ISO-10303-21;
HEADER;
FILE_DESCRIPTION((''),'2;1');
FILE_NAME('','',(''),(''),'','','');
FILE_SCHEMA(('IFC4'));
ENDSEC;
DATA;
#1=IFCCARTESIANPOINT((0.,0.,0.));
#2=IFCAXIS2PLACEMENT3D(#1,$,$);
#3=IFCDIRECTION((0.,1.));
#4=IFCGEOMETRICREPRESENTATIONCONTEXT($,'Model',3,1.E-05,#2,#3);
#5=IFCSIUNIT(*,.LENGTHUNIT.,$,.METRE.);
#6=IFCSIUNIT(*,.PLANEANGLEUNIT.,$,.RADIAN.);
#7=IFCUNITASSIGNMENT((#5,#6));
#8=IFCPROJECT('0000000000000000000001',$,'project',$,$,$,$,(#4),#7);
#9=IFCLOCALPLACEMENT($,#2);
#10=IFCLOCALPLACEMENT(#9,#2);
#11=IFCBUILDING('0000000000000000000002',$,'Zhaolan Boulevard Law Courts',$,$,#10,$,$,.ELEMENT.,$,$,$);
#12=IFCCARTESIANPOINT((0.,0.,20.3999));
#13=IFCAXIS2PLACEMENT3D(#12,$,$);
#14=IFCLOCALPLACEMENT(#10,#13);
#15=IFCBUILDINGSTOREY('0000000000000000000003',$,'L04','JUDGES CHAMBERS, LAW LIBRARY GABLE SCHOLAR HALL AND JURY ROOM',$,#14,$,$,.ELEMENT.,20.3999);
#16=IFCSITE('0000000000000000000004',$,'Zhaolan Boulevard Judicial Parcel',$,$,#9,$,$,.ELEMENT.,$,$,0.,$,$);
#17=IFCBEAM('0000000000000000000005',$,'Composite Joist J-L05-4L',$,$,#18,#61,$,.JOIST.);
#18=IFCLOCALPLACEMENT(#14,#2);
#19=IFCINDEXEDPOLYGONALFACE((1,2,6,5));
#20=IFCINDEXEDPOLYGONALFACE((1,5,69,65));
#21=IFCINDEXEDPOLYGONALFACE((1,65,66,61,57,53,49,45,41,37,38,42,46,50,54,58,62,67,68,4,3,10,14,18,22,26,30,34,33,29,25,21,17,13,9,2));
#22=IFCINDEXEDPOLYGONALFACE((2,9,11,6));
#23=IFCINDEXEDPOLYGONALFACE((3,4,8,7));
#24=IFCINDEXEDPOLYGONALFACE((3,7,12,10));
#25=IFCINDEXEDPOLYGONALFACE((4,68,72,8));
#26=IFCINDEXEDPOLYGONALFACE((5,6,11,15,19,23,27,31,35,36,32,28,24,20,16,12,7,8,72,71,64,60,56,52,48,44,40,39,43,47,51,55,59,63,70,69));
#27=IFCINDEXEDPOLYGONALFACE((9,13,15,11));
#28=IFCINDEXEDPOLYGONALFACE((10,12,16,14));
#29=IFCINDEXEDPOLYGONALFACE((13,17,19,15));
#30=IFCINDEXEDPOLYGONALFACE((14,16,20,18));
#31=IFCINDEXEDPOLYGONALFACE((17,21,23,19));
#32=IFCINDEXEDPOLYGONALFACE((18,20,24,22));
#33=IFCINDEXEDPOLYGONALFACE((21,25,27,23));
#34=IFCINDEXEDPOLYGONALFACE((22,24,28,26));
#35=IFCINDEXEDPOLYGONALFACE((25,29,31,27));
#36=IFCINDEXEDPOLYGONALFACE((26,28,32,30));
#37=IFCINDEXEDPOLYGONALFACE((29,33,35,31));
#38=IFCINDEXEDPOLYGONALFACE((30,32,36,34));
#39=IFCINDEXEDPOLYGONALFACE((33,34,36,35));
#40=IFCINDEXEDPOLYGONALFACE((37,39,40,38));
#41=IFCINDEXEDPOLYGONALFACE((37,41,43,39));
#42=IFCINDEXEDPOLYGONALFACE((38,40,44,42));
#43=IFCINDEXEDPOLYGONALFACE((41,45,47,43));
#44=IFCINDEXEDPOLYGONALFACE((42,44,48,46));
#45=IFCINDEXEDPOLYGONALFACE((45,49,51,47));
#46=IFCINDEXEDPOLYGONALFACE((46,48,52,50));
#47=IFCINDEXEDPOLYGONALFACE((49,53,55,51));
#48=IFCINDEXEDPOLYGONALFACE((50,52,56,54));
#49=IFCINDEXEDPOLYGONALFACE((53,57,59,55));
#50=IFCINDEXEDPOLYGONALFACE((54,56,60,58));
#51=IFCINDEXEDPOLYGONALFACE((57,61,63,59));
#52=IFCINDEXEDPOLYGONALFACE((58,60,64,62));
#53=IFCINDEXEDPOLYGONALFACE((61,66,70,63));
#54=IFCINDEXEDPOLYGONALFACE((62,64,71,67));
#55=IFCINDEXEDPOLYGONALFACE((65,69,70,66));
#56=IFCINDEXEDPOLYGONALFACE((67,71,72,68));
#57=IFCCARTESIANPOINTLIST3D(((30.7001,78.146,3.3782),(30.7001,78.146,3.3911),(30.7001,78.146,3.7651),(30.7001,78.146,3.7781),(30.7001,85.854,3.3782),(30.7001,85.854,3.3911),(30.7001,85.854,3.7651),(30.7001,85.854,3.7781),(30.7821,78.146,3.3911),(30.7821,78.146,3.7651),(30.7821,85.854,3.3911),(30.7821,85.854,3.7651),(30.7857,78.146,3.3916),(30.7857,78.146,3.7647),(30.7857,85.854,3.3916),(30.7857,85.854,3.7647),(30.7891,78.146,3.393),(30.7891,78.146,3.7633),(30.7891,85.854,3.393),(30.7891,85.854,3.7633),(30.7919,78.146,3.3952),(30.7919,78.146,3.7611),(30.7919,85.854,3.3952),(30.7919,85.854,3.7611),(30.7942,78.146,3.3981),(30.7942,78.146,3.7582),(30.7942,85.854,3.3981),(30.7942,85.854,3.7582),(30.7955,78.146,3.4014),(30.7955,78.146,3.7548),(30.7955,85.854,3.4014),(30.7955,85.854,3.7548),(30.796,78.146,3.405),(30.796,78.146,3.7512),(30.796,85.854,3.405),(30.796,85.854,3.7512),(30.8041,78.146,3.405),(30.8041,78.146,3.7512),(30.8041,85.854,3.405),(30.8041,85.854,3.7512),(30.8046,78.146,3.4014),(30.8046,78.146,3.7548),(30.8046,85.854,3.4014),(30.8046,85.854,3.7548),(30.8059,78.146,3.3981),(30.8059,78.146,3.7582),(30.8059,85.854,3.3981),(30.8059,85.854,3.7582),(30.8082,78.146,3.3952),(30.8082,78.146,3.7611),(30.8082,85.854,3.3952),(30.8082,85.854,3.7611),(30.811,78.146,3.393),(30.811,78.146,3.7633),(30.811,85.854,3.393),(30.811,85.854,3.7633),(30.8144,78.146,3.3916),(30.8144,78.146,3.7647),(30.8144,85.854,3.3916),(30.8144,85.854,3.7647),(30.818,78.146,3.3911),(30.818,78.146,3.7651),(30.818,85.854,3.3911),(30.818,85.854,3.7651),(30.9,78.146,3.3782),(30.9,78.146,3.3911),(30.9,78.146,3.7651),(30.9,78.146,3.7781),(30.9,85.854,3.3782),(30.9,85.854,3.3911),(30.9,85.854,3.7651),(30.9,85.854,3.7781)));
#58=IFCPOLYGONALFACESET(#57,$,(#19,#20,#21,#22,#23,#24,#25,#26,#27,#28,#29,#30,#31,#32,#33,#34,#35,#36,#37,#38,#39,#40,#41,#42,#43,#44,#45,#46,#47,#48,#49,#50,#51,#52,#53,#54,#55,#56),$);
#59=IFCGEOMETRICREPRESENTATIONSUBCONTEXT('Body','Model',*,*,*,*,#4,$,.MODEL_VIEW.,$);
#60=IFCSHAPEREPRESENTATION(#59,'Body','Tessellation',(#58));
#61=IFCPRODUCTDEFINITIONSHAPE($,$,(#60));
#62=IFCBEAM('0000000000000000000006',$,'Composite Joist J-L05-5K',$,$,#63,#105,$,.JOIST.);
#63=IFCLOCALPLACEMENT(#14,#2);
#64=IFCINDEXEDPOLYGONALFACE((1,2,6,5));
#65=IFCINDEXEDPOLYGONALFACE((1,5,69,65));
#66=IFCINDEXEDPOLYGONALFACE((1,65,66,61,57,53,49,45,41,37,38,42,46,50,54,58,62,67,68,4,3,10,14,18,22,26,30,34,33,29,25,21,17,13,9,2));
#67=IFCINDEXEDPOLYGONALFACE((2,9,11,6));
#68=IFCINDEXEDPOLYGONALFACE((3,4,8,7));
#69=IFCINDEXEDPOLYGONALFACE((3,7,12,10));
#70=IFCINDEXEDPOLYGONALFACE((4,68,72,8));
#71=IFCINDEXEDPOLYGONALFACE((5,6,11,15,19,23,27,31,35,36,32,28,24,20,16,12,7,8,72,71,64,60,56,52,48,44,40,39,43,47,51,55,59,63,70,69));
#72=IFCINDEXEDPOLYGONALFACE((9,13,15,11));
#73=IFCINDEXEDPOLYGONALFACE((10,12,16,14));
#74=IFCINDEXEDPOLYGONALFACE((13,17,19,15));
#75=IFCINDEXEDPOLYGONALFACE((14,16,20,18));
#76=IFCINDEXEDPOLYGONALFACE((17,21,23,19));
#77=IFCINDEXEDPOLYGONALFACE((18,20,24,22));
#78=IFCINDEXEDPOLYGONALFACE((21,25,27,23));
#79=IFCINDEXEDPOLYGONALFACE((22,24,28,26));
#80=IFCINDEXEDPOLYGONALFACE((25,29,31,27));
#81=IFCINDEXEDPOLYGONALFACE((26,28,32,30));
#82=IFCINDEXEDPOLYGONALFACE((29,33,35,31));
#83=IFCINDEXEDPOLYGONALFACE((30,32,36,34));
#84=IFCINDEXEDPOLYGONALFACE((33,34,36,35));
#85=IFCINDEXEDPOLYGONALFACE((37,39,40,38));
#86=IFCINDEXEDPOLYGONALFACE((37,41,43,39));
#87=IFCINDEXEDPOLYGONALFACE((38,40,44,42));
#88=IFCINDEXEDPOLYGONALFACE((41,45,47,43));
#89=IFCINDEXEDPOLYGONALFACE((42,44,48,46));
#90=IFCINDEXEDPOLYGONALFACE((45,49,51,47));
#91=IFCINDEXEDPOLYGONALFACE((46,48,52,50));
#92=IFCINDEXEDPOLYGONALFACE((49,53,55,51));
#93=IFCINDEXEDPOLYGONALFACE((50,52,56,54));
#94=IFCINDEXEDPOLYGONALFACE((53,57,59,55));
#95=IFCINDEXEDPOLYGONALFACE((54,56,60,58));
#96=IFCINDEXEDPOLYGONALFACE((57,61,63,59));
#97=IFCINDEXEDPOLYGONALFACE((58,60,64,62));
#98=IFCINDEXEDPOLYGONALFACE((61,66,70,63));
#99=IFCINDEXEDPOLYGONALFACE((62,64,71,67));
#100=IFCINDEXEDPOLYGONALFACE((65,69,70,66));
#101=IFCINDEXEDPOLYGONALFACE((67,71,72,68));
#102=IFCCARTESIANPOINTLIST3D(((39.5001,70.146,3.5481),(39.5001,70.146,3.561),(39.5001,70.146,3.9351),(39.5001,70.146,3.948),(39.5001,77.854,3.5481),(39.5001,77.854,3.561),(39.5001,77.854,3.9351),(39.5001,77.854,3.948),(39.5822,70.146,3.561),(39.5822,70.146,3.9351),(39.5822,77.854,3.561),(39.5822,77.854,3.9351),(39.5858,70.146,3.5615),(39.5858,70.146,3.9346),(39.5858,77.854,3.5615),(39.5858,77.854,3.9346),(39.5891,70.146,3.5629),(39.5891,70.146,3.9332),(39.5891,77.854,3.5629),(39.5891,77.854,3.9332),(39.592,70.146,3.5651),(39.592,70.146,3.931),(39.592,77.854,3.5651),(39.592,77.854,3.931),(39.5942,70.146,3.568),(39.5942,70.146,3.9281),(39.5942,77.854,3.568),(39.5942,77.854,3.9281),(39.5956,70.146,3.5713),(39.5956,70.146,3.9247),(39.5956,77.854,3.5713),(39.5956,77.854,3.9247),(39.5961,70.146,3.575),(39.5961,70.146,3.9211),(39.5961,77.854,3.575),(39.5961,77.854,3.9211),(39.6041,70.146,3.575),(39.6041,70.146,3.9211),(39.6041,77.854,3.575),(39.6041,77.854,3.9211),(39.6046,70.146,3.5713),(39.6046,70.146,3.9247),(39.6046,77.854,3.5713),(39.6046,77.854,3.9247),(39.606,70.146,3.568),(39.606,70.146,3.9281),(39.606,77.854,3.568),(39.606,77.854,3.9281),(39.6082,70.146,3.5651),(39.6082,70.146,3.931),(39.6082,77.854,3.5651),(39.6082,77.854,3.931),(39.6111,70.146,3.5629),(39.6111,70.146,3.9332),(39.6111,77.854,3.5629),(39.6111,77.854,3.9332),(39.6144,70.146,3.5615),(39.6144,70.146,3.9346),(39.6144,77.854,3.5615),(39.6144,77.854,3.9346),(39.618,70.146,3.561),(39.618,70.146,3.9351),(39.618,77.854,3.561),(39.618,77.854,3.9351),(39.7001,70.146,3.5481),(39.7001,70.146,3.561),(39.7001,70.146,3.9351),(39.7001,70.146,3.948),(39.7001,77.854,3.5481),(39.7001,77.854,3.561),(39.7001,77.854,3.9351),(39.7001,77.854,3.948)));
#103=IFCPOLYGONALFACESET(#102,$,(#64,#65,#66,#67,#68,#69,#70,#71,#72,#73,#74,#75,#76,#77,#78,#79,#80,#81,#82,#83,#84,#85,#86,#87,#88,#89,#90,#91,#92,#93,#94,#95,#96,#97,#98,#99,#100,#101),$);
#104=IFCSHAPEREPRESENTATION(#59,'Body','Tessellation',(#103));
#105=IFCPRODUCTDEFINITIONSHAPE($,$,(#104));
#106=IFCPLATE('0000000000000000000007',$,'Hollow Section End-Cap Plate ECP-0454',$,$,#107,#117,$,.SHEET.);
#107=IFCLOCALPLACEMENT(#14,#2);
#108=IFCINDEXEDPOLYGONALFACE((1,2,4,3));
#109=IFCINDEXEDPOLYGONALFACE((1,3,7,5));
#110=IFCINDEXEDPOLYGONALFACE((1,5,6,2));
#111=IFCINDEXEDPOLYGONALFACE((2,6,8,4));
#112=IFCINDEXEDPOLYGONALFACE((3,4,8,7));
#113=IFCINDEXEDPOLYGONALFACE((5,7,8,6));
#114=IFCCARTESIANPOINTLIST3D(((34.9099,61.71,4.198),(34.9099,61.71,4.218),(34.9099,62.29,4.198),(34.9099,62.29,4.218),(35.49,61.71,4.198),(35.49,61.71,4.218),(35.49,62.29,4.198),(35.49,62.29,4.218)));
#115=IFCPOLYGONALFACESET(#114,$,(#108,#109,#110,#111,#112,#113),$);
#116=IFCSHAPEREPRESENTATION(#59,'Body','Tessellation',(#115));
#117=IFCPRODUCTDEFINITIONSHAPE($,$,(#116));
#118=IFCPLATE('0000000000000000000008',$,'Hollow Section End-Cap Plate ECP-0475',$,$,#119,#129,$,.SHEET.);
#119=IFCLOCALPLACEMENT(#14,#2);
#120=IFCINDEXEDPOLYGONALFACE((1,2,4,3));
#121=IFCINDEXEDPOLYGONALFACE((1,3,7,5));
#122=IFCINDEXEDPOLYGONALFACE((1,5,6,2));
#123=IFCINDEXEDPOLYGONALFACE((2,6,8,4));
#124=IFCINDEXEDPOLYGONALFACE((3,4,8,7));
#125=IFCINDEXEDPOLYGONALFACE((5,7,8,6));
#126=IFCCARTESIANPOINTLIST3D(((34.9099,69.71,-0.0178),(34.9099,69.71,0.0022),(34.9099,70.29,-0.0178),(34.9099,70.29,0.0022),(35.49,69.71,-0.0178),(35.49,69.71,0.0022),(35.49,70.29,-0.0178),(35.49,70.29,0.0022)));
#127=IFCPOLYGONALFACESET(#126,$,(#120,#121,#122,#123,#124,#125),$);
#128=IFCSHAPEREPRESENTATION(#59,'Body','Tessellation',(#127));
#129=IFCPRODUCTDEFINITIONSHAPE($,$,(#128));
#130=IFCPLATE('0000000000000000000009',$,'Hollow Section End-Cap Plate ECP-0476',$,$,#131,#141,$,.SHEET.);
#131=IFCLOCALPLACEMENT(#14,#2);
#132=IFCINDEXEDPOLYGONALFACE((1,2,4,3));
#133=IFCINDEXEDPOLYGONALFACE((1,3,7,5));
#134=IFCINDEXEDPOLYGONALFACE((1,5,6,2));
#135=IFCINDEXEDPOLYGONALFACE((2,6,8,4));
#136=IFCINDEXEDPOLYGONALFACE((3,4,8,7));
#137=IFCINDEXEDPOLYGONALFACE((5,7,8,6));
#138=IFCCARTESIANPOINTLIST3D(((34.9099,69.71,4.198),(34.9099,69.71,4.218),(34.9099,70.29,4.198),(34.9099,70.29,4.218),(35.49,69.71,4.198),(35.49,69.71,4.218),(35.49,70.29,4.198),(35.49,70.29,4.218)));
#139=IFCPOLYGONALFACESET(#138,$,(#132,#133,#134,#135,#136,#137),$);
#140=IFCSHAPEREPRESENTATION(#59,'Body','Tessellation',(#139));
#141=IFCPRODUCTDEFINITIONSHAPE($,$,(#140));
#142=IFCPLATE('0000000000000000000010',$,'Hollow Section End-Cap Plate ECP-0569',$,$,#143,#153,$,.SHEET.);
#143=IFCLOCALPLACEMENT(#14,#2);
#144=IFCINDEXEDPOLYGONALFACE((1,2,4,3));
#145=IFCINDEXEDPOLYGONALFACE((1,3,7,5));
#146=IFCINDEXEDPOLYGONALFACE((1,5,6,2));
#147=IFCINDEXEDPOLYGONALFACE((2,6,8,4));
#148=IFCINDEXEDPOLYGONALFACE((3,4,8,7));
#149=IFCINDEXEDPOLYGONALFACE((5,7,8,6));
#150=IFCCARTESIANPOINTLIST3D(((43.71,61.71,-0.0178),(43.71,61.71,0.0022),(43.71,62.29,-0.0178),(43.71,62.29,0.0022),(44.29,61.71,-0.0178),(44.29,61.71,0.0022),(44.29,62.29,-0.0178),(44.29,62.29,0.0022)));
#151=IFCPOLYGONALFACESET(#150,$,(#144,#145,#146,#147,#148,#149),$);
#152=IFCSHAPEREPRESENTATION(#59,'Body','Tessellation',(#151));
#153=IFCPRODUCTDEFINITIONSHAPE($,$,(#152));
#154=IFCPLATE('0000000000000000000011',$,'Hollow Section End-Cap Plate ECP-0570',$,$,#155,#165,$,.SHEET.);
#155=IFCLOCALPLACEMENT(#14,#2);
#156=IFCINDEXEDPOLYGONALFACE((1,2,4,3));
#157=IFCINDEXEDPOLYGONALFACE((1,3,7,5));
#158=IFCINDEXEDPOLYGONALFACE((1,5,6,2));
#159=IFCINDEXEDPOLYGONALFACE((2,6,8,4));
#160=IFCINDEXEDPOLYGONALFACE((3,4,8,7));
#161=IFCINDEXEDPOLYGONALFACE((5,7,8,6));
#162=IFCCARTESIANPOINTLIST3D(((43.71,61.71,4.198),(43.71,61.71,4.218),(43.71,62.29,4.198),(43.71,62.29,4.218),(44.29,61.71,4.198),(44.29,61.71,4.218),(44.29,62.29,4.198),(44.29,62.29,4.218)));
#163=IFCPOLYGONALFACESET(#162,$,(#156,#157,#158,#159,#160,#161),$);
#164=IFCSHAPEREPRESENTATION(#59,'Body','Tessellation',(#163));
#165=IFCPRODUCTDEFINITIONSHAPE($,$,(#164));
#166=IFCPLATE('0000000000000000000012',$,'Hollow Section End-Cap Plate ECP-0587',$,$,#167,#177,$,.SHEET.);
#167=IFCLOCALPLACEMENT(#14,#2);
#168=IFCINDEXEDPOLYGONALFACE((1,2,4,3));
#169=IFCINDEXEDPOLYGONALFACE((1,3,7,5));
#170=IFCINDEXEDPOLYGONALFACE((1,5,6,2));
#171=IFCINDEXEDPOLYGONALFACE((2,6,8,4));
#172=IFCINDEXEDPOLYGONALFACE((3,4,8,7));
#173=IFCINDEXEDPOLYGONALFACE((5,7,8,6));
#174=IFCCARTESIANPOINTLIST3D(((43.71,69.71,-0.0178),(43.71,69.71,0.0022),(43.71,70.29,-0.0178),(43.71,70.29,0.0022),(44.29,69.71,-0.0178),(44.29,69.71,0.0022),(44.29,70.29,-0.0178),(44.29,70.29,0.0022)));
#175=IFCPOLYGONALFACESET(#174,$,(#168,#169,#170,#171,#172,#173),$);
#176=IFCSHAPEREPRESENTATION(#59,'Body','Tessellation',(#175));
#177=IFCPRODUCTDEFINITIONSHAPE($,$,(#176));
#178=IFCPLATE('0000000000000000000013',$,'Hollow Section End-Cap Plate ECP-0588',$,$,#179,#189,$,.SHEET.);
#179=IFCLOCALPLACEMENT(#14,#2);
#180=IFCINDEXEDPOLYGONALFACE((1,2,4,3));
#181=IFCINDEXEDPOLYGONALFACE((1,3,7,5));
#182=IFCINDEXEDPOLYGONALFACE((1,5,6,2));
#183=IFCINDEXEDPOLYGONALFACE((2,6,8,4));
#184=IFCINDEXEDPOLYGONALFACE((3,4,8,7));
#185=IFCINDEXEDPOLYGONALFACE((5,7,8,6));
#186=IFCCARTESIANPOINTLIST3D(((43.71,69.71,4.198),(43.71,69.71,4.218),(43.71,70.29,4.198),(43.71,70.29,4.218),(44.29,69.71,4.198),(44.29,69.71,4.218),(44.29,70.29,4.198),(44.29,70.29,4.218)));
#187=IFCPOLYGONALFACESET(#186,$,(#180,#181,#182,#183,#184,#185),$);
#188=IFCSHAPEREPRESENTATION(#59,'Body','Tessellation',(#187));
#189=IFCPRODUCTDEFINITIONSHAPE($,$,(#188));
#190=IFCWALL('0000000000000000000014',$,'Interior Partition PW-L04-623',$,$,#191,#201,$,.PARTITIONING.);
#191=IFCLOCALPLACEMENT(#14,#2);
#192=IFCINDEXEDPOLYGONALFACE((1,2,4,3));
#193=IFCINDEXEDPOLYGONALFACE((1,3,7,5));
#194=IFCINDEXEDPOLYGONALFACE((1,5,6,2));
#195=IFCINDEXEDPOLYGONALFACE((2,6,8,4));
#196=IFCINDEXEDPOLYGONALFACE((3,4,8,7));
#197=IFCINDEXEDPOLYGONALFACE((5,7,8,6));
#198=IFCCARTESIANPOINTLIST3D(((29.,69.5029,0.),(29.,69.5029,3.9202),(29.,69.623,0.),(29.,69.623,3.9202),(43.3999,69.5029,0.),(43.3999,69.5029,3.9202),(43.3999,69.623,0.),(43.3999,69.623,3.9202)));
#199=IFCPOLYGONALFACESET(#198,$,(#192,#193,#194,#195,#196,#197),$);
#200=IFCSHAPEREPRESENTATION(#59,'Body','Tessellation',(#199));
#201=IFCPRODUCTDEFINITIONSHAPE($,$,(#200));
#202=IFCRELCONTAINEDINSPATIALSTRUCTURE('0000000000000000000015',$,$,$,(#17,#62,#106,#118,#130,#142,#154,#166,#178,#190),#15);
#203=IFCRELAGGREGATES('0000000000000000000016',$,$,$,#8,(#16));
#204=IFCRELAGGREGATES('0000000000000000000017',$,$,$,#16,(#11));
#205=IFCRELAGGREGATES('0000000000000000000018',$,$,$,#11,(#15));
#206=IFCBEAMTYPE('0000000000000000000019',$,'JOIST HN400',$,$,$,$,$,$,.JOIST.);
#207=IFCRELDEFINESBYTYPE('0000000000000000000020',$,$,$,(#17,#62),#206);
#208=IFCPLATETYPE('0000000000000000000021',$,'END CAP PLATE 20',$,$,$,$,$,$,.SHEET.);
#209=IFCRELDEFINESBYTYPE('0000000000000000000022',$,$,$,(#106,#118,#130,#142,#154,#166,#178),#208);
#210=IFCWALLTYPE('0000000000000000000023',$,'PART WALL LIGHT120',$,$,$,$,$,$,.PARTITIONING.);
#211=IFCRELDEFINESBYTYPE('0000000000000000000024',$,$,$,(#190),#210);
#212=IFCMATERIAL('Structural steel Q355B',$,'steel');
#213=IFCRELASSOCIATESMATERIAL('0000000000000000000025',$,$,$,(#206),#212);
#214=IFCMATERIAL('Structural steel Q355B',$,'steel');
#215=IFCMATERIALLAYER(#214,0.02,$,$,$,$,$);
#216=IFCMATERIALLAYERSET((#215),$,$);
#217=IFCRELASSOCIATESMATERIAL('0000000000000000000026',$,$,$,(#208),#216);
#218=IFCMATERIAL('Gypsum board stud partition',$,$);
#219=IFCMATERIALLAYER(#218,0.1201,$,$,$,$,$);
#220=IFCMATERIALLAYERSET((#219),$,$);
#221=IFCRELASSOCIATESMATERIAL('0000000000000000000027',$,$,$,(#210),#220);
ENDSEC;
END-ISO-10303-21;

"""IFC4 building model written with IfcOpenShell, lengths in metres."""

from ifc_helpers import new_model, si_unit, direction, frame, frame_2d, origin, origin_2d, place, context, subcontext, project, spatial, rectangle, i_section, extrude, material, layer, layer_set, material_profile, profile_set, type_object, element, save


model = new_model("IFC4")

# Units and contexts
model_context = context("Model", 3, precision=1e-05, world=origin(), true_north=direction((0.0, 1.0)))
body_context = subcontext(model_context, "Body", "Model", "MODEL_VIEW")
ifc_project = project(units=[si_unit("LENGTHUNIT", "METRE"), si_unit("PLANEANGLEUNIT", "RADIAN")], contexts=[model_context])

# Site, building, storey
site_placement = place(None, origin())
site = spatial("IfcSite", under=ifc_project, at=site_placement, Name="Zhaolan Boulevard Judicial Parcel", CompositionType="ELEMENT", RefElevation=0.0)
building_placement = place(site_placement, origin())
building = spatial("IfcBuilding", under=site, at=building_placement, Name="Zhaolan Boulevard Law Courts", CompositionType="ELEMENT")
storey_placement = place(building_placement, frame((0.0, 0.0, 20.3999)))
storey = spatial("IfcBuildingStorey", under=building, at=storey_placement, Name="L04", Description="JUDGES CHAMBERS, LAW LIBRARY GABLE SCHOLAR HALL AND JURY ROOM", CompositionType="ELEMENT", Elevation=20.3999)

# Beams
ifc_material_1 = material(Name="Structural steel Q355B", Category="steel")
ifc_material_profile_1 = material_profile(ifc_material_1, i_section(OverallWidth=0.2, OverallDepth=0.3999, WebThickness=0.0081, FlangeThickness=0.0129, FilletRadius=0.0139, at=origin_2d()), Name="HN400x200")
ifc_profile_set_1 = profile_set([ifc_material_profile_1], Name="Structural steel Q355B")
beam_type_1 = type_object("IfcBeamType", Name="JOIST HN400", PredefinedType="JOIST", material=ifc_profile_set_1)
for number, where, z_axis, x_axis, name in (
    (1, (30.8, 78.146, 3.5781), (0.0, 1.0, 0.0), (-1.0, 0.0, 0.0), "Composite Joist J-L05-4L"),
    (2, (39.6001, 70.146, 3.748), (0.0, 1.0, 0.0), (-1.0, 0.0, 0.0), "Composite Joist J-L05-5K"),
):
    element("IfcBeam", number, at=place(storey_placement, frame(where, z_axis=z_axis, x_axis=x_axis)), inside=storey, type_object=beam_type_1, Name=name, PredefinedType="JOIST", context=body_context, shape_type="SweptSolid", body=[
        extrude(i_section(OverallWidth=0.2, OverallDepth=0.3999, WebThickness=0.0081, FlangeThickness=0.0129, FilletRadius=0.0139, at=origin_2d()), origin(), (0.0, 0.0, 1.0), 7.708),
    ])

# Plates
ifc_material_2 = material(Name="Structural steel Q355B", Category="steel")
ifc_layer_1 = layer(ifc_material_2, 0.02)
ifc_layer_set_1 = layer_set([ifc_layer_1])
plate_type = type_object("IfcPlateType", Name="END CAP PLATE 20", PredefinedType="SHEET", material=ifc_layer_set_1)
for number, where, z_axis, x_axis, name in (
    (3, (35.2, 62.0, 4.198), (0.0, 0.0, 1.0), (1.0, 0.0, 0.0), "Hollow Section End-Cap Plate ECP-0454"),
    (4, (35.2, 70.0, -0.0178), (0.0, 0.0, 1.0), (1.0, 0.0, 0.0), "Hollow Section End-Cap Plate ECP-0475"),
    (5, (35.2, 70.0, 4.198), (0.0, 0.0, 1.0), (1.0, 0.0, 0.0), "Hollow Section End-Cap Plate ECP-0476"),
    (6, (44.0, 62.0, -0.0178), (0.0, 0.0, 1.0), (1.0, 0.0, 0.0), "Hollow Section End-Cap Plate ECP-0569"),
    (7, (44.0, 62.0, 4.198), (0.0, 0.0, 1.0), (1.0, 0.0, 0.0), "Hollow Section End-Cap Plate ECP-0570"),
    (8, (44.0, 70.0, -0.0178), (0.0, 0.0, 1.0), (1.0, 0.0, 0.0), "Hollow Section End-Cap Plate ECP-0587"),
    (9, (44.0, 70.0, 4.198), (0.0, 0.0, 1.0), (1.0, 0.0, 0.0), "Hollow Section End-Cap Plate ECP-0588"),
):
    element("IfcPlate", number, at=place(storey_placement, frame(where, z_axis=z_axis, x_axis=x_axis)), inside=storey, type_object=plate_type, Name=name, PredefinedType="SHEET", context=body_context, shape_type="SweptSolid", body=[
        extrude(rectangle(XDim=0.5801, YDim=0.5801, at=origin_2d()), origin(), (0.0, 0.0, 1.0), 0.02),
    ])

# Wall
ifc_material_3 = material(Name="Gypsum board stud partition")
ifc_layer_2 = layer(ifc_material_3, 0.1201)
ifc_layer_set_2 = layer_set([ifc_layer_2])
wall_type = type_object("IfcWallType", Name="PART WALL LIGHT120", PredefinedType="PARTITIONING", material=ifc_layer_set_2)
wall_1_placement = place(storey_placement, frame((43.3999, 69.563, 0.0), z_axis=(0.0, 0.0, 1.0), x_axis=(-1.0, 0.0, 0.0)))
element("IfcWall", 10, at=wall_1_placement, inside=storey, type_object=wall_type, Name="Interior Partition PW-L04-623", PredefinedType="PARTITIONING", context=body_context, shape_type="SweptSolid", body=[
    extrude(rectangle(XDim=14.3999, YDim=0.1201, at=frame_2d((7.2, 0.0))), origin(), (0.0, 0.0, 1.0), 3.9202),
])

save(model, "model.ifc")
